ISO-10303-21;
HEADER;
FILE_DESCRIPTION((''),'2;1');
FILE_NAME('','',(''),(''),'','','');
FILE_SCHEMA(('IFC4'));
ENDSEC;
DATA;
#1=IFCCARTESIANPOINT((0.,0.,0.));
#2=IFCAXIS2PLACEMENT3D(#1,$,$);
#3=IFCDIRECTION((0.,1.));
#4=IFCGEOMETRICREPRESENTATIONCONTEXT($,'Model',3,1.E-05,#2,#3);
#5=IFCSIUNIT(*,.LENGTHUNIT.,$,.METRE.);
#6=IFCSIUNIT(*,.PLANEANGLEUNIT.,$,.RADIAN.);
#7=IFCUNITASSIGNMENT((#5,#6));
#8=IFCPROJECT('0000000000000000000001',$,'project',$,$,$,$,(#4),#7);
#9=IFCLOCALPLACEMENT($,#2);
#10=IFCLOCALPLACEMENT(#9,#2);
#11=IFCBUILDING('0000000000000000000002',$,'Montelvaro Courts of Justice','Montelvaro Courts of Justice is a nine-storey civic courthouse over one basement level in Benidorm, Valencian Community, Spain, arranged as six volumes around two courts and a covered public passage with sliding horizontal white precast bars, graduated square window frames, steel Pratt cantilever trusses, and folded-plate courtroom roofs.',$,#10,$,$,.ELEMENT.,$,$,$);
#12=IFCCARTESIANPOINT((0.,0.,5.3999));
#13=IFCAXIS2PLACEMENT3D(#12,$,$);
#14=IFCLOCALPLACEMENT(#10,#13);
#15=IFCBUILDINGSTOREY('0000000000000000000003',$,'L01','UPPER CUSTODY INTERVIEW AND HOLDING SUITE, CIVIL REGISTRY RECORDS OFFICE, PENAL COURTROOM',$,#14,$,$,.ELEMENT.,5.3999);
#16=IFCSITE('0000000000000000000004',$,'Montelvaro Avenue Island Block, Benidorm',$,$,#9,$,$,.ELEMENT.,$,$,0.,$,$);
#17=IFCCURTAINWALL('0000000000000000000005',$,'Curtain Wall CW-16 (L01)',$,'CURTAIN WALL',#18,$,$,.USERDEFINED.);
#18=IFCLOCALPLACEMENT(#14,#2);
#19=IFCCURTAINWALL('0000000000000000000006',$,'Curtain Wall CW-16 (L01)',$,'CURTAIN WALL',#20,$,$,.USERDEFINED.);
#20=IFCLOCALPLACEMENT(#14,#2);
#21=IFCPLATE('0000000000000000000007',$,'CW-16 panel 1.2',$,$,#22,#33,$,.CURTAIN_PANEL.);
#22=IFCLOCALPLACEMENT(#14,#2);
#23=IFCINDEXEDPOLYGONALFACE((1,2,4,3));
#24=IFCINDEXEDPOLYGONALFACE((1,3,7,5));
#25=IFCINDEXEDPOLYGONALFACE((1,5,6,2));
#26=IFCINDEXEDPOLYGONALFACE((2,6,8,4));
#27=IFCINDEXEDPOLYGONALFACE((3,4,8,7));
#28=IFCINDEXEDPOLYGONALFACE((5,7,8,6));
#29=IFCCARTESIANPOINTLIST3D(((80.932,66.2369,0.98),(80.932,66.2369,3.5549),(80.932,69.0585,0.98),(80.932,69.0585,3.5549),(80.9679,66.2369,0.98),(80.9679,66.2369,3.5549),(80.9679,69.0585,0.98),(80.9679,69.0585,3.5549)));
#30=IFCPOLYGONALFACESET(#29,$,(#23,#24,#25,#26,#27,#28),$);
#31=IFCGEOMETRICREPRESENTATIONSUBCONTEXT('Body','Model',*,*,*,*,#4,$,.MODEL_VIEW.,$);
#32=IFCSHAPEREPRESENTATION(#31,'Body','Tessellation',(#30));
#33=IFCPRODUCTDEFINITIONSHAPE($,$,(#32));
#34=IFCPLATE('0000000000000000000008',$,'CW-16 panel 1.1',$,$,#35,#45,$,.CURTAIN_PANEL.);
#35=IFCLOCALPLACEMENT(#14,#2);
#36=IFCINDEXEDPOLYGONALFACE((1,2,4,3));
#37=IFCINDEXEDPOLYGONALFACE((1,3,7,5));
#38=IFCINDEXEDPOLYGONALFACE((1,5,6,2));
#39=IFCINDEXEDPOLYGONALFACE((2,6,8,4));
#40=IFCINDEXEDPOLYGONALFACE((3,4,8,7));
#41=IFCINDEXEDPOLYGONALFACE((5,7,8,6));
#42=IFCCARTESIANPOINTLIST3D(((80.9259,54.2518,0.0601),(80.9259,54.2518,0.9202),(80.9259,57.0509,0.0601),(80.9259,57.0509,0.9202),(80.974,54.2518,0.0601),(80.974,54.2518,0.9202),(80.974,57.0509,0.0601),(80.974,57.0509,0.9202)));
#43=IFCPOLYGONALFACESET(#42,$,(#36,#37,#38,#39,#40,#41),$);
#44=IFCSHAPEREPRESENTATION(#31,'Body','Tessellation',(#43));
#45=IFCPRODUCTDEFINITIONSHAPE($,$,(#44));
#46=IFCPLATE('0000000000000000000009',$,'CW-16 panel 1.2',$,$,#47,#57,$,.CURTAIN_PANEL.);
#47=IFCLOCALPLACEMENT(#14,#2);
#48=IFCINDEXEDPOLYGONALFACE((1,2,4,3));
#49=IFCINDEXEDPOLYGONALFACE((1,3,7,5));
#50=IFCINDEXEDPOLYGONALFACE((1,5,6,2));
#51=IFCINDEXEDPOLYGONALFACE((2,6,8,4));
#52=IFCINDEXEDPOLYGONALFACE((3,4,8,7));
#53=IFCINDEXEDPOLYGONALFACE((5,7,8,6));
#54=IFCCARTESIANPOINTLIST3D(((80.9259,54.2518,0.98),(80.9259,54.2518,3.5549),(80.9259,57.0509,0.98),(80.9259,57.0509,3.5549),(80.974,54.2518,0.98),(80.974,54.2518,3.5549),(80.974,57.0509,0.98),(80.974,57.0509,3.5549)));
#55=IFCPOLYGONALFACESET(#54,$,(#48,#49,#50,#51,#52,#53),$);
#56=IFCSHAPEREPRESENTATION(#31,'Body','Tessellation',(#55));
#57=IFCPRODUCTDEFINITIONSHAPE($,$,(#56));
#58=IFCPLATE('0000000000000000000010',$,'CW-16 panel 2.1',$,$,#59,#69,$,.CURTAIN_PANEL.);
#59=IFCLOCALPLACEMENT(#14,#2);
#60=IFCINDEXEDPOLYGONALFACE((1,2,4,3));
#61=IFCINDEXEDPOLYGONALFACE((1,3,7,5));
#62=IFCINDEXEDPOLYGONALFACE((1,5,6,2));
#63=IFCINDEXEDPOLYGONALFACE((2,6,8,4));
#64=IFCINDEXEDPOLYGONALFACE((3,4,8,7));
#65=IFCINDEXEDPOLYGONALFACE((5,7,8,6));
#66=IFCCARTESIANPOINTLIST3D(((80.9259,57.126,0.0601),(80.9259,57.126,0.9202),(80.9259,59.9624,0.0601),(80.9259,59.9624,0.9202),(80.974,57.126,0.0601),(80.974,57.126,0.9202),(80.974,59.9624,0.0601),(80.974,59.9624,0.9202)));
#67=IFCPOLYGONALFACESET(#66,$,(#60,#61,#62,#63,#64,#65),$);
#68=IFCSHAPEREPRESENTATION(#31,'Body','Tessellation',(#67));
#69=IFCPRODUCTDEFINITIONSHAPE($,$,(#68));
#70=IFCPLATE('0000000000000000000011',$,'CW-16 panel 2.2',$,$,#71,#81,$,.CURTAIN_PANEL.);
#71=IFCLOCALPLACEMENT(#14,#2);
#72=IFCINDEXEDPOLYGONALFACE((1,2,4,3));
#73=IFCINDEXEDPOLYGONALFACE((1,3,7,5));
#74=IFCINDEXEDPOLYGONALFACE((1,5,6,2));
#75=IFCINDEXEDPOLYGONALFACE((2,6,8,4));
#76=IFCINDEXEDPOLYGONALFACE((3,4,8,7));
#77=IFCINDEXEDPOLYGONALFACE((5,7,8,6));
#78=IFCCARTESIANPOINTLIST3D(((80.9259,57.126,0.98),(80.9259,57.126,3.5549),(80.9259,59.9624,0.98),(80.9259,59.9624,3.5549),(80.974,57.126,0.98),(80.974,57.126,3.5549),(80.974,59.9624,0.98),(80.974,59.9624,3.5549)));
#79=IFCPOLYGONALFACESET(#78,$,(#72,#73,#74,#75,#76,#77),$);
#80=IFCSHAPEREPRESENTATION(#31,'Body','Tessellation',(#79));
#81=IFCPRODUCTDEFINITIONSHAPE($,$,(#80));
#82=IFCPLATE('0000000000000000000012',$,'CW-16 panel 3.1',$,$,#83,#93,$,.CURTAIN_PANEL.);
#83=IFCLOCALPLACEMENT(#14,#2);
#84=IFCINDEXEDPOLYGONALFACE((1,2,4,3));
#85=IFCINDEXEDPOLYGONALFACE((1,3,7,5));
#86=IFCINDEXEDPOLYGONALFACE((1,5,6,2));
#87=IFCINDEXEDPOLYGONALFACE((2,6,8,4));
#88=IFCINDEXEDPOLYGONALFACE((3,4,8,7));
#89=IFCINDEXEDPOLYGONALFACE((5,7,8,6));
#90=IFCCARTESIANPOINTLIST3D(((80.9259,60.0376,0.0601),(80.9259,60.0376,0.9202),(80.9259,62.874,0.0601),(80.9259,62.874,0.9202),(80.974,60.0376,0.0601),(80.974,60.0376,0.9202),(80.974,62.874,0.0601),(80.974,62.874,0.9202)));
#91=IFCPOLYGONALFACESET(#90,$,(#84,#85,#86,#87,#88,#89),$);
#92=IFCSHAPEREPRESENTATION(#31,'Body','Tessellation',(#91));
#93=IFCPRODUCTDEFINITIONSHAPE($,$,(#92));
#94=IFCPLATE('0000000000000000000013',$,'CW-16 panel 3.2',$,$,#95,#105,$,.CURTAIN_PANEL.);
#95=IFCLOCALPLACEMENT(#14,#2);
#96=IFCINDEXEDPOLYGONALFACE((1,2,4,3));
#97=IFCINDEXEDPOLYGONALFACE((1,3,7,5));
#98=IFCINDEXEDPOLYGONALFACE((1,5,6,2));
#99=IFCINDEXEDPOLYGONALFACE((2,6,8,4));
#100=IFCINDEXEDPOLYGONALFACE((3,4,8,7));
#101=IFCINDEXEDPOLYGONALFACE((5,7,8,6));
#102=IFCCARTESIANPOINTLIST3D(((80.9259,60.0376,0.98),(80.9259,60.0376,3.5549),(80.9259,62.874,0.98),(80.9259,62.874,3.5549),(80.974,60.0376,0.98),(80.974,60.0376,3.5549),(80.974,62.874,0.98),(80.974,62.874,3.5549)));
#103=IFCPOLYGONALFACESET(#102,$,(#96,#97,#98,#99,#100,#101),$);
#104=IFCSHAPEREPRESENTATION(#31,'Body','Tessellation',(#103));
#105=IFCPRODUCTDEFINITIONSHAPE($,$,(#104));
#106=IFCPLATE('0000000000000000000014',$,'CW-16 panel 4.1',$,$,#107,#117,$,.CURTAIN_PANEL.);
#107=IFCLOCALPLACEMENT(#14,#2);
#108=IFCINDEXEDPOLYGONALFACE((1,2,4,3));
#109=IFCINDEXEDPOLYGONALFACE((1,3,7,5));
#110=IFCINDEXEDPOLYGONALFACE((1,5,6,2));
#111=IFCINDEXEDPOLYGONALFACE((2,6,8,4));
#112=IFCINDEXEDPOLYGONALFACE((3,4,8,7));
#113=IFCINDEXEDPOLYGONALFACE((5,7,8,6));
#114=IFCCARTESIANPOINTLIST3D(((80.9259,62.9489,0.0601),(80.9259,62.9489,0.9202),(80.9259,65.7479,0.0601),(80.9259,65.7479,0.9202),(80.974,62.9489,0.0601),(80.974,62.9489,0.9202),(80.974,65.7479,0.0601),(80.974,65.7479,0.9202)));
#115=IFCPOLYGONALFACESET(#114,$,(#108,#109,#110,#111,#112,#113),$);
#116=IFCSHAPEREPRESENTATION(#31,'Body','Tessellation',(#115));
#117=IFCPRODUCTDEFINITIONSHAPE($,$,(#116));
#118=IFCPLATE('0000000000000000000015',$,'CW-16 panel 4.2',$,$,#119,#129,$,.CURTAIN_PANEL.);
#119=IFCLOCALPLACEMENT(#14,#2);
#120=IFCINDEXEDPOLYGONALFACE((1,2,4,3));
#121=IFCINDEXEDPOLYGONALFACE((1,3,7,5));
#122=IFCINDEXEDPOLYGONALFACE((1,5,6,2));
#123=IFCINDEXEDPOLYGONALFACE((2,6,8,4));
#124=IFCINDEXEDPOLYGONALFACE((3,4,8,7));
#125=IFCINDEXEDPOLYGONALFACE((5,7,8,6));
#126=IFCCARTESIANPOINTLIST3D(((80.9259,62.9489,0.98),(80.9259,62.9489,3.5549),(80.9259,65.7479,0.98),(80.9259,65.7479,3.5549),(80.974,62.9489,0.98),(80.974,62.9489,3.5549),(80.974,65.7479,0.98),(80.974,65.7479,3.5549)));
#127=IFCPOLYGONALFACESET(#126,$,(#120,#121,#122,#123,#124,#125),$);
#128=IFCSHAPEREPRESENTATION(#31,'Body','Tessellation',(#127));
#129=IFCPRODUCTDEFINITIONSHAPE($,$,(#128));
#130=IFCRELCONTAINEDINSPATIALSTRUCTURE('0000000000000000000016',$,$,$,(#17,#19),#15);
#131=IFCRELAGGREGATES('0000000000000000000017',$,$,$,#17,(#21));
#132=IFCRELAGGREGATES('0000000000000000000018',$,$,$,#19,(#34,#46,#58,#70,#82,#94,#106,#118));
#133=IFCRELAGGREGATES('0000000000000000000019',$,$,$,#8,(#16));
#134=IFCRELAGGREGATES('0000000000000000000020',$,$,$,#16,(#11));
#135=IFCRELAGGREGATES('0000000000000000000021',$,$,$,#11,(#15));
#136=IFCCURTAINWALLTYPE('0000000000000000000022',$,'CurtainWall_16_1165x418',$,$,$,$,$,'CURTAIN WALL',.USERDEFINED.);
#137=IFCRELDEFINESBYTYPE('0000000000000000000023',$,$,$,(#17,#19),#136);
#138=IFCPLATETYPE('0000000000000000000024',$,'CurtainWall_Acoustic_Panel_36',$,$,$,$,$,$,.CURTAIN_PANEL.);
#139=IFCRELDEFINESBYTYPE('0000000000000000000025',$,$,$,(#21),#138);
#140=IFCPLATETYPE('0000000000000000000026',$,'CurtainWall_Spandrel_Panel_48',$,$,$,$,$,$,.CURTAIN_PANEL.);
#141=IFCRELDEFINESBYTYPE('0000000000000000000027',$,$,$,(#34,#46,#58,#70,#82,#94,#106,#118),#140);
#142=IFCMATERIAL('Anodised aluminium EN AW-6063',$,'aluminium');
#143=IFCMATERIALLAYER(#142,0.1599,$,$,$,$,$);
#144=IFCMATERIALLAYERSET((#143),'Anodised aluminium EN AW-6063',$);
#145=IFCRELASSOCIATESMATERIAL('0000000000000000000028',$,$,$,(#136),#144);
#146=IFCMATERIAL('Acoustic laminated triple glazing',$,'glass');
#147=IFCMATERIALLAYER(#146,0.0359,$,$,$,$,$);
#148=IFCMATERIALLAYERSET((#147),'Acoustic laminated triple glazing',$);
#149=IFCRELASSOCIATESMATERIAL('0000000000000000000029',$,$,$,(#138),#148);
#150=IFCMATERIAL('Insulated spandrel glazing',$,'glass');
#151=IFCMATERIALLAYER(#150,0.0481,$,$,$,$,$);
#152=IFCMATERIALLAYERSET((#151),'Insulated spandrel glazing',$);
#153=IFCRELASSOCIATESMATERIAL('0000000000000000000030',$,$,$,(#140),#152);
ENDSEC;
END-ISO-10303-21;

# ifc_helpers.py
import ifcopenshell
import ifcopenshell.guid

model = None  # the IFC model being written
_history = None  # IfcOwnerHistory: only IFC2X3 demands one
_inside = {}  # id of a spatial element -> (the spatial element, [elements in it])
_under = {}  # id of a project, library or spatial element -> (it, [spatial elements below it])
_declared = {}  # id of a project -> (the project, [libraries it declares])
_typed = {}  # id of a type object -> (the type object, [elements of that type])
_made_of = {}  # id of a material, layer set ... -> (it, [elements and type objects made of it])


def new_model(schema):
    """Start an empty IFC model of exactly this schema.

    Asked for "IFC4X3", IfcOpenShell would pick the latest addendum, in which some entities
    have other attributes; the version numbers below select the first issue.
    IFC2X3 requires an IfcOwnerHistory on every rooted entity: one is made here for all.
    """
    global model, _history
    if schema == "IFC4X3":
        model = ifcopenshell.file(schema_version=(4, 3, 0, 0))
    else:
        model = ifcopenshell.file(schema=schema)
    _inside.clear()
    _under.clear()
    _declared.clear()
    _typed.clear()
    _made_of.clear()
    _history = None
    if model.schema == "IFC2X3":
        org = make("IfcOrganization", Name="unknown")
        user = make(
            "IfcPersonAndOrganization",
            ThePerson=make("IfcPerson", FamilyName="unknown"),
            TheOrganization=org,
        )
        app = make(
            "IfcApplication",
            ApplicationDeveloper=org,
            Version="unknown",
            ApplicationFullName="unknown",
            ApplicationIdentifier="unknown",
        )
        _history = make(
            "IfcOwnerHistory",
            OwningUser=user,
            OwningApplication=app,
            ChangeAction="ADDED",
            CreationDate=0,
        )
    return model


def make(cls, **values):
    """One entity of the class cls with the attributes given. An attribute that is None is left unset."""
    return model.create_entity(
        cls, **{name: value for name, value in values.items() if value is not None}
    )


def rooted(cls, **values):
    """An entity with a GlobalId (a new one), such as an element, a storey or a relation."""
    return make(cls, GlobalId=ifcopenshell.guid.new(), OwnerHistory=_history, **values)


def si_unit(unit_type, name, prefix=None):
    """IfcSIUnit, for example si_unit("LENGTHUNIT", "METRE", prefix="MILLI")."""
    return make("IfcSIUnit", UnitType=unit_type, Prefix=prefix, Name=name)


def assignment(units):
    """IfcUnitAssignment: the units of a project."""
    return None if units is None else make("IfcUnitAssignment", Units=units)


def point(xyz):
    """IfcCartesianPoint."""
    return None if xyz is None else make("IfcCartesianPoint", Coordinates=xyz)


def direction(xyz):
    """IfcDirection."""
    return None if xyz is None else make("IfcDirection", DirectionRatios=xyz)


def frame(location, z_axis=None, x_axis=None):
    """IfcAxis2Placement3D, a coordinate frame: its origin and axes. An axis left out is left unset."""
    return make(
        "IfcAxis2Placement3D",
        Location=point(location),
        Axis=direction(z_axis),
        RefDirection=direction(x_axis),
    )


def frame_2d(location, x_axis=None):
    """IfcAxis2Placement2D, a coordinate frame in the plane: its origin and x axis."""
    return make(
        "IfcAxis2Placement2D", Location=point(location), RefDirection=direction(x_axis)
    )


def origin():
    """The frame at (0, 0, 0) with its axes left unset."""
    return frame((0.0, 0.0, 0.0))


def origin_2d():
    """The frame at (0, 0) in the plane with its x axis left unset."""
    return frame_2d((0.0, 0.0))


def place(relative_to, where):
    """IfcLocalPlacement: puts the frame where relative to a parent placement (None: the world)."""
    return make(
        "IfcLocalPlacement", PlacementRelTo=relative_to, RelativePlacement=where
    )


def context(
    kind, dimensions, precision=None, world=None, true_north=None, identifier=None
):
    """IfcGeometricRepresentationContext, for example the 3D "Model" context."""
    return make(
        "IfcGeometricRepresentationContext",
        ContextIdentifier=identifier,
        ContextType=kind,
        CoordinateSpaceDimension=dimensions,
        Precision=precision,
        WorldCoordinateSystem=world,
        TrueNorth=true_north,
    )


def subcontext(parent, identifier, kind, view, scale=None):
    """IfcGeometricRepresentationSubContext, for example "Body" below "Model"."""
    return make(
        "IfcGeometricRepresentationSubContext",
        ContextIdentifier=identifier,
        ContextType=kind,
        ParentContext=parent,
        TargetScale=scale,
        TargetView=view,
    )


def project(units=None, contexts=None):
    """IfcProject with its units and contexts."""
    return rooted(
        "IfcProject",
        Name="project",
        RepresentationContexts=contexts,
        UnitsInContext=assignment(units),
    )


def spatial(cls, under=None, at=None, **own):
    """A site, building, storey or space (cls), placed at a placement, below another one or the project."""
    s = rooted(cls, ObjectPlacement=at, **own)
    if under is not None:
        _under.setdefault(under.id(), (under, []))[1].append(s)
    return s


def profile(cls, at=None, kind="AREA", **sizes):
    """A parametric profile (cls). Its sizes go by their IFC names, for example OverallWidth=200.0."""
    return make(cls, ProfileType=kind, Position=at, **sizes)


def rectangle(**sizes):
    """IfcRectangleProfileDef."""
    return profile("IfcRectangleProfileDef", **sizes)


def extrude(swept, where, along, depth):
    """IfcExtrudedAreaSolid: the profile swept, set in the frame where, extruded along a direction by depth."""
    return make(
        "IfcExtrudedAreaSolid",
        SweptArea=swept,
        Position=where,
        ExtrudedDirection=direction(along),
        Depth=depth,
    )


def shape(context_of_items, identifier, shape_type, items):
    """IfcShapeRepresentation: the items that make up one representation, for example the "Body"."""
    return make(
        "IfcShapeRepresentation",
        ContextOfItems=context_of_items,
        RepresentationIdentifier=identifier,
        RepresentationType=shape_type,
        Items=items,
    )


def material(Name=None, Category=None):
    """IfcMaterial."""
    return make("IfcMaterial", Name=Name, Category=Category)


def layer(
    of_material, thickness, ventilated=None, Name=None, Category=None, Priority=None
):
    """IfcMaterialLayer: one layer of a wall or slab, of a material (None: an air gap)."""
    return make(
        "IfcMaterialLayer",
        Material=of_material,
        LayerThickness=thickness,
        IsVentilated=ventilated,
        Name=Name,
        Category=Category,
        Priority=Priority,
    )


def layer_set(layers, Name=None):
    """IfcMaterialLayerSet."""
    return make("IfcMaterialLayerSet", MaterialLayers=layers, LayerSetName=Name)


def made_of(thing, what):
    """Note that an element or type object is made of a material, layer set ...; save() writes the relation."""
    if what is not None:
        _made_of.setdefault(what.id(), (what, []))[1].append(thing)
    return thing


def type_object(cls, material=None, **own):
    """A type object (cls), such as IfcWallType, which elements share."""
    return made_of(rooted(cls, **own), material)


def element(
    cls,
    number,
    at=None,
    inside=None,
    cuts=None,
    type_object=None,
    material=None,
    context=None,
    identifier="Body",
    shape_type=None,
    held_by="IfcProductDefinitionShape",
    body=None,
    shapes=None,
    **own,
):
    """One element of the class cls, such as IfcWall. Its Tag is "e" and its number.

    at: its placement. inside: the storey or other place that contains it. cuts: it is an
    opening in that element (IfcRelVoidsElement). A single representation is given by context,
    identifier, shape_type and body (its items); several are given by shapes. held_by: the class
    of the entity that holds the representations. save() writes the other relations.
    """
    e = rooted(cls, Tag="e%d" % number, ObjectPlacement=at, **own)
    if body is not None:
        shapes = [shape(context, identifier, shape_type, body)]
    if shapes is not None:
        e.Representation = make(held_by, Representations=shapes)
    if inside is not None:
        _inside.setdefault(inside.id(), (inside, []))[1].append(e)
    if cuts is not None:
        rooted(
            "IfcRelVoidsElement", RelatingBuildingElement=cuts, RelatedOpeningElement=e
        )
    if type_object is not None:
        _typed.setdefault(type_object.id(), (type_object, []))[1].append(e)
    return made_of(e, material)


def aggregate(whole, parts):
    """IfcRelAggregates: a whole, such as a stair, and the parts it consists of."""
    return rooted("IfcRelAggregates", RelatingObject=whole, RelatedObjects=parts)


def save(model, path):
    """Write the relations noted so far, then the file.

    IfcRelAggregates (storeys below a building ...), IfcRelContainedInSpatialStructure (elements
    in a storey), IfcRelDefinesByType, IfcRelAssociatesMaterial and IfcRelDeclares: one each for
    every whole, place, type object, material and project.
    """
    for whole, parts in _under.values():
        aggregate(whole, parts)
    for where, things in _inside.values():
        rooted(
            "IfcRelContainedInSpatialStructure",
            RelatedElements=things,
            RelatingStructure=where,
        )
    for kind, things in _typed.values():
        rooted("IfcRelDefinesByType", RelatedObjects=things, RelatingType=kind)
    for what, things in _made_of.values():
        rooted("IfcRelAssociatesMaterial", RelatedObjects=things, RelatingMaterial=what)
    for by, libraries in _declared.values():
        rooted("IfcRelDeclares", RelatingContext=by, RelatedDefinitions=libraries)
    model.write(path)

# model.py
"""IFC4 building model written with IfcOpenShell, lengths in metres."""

from ifc_helpers import new_model, si_unit, direction, frame, origin, origin_2d, place, context, subcontext, project, spatial, rectangle, extrude, material, layer, layer_set, type_object, element, aggregate, save


model = new_model("IFC4")

# Units and contexts
model_context = context("Model", 3, precision=1e-05, world=origin(), true_north=direction((0.0, 1.0)))
body_context = subcontext(model_context, "Body", "Model", "MODEL_VIEW")
ifc_project = project(units=[si_unit("LENGTHUNIT", "METRE"), si_unit("PLANEANGLEUNIT", "RADIAN")], contexts=[model_context])

# Site, building, storey
site_placement = place(None, origin())
site = spatial("IfcSite", under=ifc_project, at=site_placement, Name="Montelvaro Avenue Island Block, Benidorm", CompositionType="ELEMENT", RefElevation=0.0)
building_placement = place(site_placement, origin())
building = spatial("IfcBuilding", under=site, at=building_placement, Name="Montelvaro Courts of Justice", Description="Montelvaro Courts of Justice is a nine-storey civic courthouse over one basement level in Benidorm, Valencian Community, Spain, arranged as six volumes around two courts and a covered public passage with sliding horizontal white precast bars, graduated square window frames, steel Pratt cantilever trusses, and folded-plate courtroom roofs.", CompositionType="ELEMENT")
storey_placement = place(building_placement, frame((0.0, 0.0, 5.3999)))
storey = spatial("IfcBuildingStorey", under=building, at=storey_placement, Name="L01", Description="UPPER CUSTODY INTERVIEW AND HOLDING SUITE, CIVIL REGISTRY RECORDS OFFICE, PENAL COURTROOM", CompositionType="ELEMENT", Elevation=5.3999)

# Curtain wall
ifc_material_1 = material(Name="Anodised aluminium EN AW-6063", Category="aluminium")
ifc_layer_1 = layer(ifc_material_1, 0.1599)
ifc_layer_set_1 = layer_set([ifc_layer_1], Name="Anodised aluminium EN AW-6063")
curtain_wall_type = type_object("IfcCurtainWallType", Name="CurtainWall_16_1165x418", ElementType="CURTAIN WALL", PredefinedType="USERDEFINED", material=ifc_layer_set_1)
curtain_wall_1_placement = place(storey_placement, origin())
curtain_wall_1 = element("IfcCurtainWall", 1, at=curtain_wall_1_placement, inside=storey, type_object=curtain_wall_type, Name="Curtain Wall CW-16 (L01)", ObjectType="CURTAIN WALL", PredefinedType="USERDEFINED")

# Curtain wall
curtain_wall_2_placement = place(storey_placement, origin())
curtain_wall_2 = element("IfcCurtainWall", 2, at=curtain_wall_2_placement, inside=storey, type_object=curtain_wall_type, Name="Curtain Wall CW-16 (L01)", ObjectType="CURTAIN WALL", PredefinedType="USERDEFINED")

# Plates
ifc_material_2 = material(Name="Acoustic laminated triple glazing", Category="glass")
ifc_layer_2 = layer(ifc_material_2, 0.0359)
ifc_layer_set_2 = layer_set([ifc_layer_2], Name="Acoustic laminated triple glazing")
plate_type_1 = type_object("IfcPlateType", Name="CurtainWall_Acoustic_Panel_36", PredefinedType="CURTAIN_PANEL", material=ifc_layer_set_2)
plate_1_placement = place(storey_placement, frame((80.95, 67.6477, 0.98), z_axis=(0.0, 0.0, 1.0), x_axis=(0.0, 1.0, 0.0)))
plate_1 = element("IfcPlate", 3, at=plate_1_placement, type_object=plate_type_1, Name="CW-16 panel 1.2", PredefinedType="CURTAIN_PANEL", context=body_context, shape_type="SweptSolid", body=[
    extrude(rectangle(XDim=2.8215, YDim=0.0359, at=origin_2d()), origin(), (0.0, 0.0, 1.0), 2.575),
])
aggregate(curtain_wall_1, [plate_1])
ifc_material_3 = material(Name="Insulated spandrel glazing", Category="glass")
ifc_layer_3 = layer(ifc_material_3, 0.0481)
ifc_layer_set_3 = layer_set([ifc_layer_3], Name="Insulated spandrel glazing")
plate_type_2 = type_object("IfcPlateType", Name="CurtainWall_Spandrel_Panel_48", PredefinedType="CURTAIN_PANEL", material=ifc_layer_set_3)
plate_2_placement = place(storey_placement, frame((80.95, 55.6514, 0.0601), z_axis=(0.0, 0.0, 1.0), x_axis=(0.0, 1.0, 0.0)))
plate_2 = element("IfcPlate", 4, at=plate_2_placement, type_object=plate_type_2, Name="CW-16 panel 1.1", PredefinedType="CURTAIN_PANEL", context=body_context, shape_type="SweptSolid", body=[
    extrude(rectangle(XDim=2.7991, YDim=0.0481, at=origin_2d()), origin(), (0.0, 0.0, 1.0), 0.8601),
])
plate_3_placement = place(storey_placement, frame((80.95, 55.6514, 0.98), z_axis=(0.0, 0.0, 1.0), x_axis=(0.0, 1.0, 0.0)))
plate_3 = element("IfcPlate", 5, at=plate_3_placement, type_object=plate_type_2, Name="CW-16 panel 1.2", PredefinedType="CURTAIN_PANEL", context=body_context, shape_type="SweptSolid", body=[
    extrude(rectangle(XDim=2.7991, YDim=0.0481, at=origin_2d()), origin(), (0.0, 0.0, 1.0), 2.575),
])
plate_4_placement = place(storey_placement, frame((80.95, 58.5442, 0.0601), z_axis=(0.0, 0.0, 1.0), x_axis=(0.0, 1.0, 0.0)))
plate_4 = element("IfcPlate", 6, at=plate_4_placement, type_object=plate_type_2, Name="CW-16 panel 2.1", PredefinedType="CURTAIN_PANEL", context=body_context, shape_type="SweptSolid", body=[
    extrude(rectangle(XDim=2.8364, YDim=0.0481, at=origin_2d()), origin(), (0.0, 0.0, 1.0), 0.8601),
])
plate_5_placement = place(storey_placement, frame((80.95, 58.5442, 0.98), z_axis=(0.0, 0.0, 1.0), x_axis=(0.0, 1.0, 0.0)))
plate_5 = element("IfcPlate", 7, at=plate_5_placement, type_object=plate_type_2, Name="CW-16 panel 2.2", PredefinedType="CURTAIN_PANEL", context=body_context, shape_type="SweptSolid", body=[
    extrude(rectangle(XDim=2.8364, YDim=0.0481, at=origin_2d()), origin(), (0.0, 0.0, 1.0), 2.575),
])
plate_6_placement = place(storey_placement, frame((80.95, 61.4558, 0.0601), z_axis=(0.0, 0.0, 1.0), x_axis=(0.0, 1.0, 0.0)))
plate_6 = element("IfcPlate", 8, at=plate_6_placement, type_object=plate_type_2, Name="CW-16 panel 3.1", PredefinedType="CURTAIN_PANEL", context=body_context, shape_type="SweptSolid", body=[
    extrude(rectangle(XDim=2.8364, YDim=0.0481, at=origin_2d()), origin(), (0.0, 0.0, 1.0), 0.8601),
])
plate_7_placement = place(storey_placement, frame((80.95, 61.4558, 0.98), z_axis=(0.0, 0.0, 1.0), x_axis=(0.0, 1.0, 0.0)))
plate_7 = element("IfcPlate", 9, at=plate_7_placement, type_object=plate_type_2, Name="CW-16 panel 3.2", PredefinedType="CURTAIN_PANEL", context=body_context, shape_type="SweptSolid", body=[
    extrude(rectangle(XDim=2.8364, YDim=0.0481, at=origin_2d()), origin(), (0.0, 0.0, 1.0), 2.575),
])
plate_8_placement = place(storey_placement, frame((80.95, 64.3484, 0.0601), z_axis=(0.0, 0.0, 1.0), x_axis=(0.0, 1.0, 0.0)))
plate_8 = element("IfcPlate", 10, at=plate_8_placement, type_object=plate_type_2, Name="CW-16 panel 4.1", PredefinedType="CURTAIN_PANEL", context=body_context, shape_type="SweptSolid", body=[
    extrude(rectangle(XDim=2.7991, YDim=0.0481, at=origin_2d()), origin(), (0.0, 0.0, 1.0), 0.8601),
])
plate_9_placement = place(storey_placement, frame((80.95, 64.3484, 0.98), z_axis=(0.0, 0.0, 1.0), x_axis=(0.0, 1.0, 0.0)))
plate_9 = element("IfcPlate", 11, at=plate_9_placement, type_object=plate_type_2, Name="CW-16 panel 4.2", PredefinedType="CURTAIN_PANEL", context=body_context, shape_type="SweptSolid", body=[
    extrude(rectangle(XDim=2.7991, YDim=0.0481, at=origin_2d()), origin(), (0.0, 0.0, 1.0), 2.575),
])
aggregate(curtain_wall_2, [plate_2, plate_3, plate_4, plate_5, plate_6, plate_7, plate_8, plate_9])

save(model, "model.ifc")
